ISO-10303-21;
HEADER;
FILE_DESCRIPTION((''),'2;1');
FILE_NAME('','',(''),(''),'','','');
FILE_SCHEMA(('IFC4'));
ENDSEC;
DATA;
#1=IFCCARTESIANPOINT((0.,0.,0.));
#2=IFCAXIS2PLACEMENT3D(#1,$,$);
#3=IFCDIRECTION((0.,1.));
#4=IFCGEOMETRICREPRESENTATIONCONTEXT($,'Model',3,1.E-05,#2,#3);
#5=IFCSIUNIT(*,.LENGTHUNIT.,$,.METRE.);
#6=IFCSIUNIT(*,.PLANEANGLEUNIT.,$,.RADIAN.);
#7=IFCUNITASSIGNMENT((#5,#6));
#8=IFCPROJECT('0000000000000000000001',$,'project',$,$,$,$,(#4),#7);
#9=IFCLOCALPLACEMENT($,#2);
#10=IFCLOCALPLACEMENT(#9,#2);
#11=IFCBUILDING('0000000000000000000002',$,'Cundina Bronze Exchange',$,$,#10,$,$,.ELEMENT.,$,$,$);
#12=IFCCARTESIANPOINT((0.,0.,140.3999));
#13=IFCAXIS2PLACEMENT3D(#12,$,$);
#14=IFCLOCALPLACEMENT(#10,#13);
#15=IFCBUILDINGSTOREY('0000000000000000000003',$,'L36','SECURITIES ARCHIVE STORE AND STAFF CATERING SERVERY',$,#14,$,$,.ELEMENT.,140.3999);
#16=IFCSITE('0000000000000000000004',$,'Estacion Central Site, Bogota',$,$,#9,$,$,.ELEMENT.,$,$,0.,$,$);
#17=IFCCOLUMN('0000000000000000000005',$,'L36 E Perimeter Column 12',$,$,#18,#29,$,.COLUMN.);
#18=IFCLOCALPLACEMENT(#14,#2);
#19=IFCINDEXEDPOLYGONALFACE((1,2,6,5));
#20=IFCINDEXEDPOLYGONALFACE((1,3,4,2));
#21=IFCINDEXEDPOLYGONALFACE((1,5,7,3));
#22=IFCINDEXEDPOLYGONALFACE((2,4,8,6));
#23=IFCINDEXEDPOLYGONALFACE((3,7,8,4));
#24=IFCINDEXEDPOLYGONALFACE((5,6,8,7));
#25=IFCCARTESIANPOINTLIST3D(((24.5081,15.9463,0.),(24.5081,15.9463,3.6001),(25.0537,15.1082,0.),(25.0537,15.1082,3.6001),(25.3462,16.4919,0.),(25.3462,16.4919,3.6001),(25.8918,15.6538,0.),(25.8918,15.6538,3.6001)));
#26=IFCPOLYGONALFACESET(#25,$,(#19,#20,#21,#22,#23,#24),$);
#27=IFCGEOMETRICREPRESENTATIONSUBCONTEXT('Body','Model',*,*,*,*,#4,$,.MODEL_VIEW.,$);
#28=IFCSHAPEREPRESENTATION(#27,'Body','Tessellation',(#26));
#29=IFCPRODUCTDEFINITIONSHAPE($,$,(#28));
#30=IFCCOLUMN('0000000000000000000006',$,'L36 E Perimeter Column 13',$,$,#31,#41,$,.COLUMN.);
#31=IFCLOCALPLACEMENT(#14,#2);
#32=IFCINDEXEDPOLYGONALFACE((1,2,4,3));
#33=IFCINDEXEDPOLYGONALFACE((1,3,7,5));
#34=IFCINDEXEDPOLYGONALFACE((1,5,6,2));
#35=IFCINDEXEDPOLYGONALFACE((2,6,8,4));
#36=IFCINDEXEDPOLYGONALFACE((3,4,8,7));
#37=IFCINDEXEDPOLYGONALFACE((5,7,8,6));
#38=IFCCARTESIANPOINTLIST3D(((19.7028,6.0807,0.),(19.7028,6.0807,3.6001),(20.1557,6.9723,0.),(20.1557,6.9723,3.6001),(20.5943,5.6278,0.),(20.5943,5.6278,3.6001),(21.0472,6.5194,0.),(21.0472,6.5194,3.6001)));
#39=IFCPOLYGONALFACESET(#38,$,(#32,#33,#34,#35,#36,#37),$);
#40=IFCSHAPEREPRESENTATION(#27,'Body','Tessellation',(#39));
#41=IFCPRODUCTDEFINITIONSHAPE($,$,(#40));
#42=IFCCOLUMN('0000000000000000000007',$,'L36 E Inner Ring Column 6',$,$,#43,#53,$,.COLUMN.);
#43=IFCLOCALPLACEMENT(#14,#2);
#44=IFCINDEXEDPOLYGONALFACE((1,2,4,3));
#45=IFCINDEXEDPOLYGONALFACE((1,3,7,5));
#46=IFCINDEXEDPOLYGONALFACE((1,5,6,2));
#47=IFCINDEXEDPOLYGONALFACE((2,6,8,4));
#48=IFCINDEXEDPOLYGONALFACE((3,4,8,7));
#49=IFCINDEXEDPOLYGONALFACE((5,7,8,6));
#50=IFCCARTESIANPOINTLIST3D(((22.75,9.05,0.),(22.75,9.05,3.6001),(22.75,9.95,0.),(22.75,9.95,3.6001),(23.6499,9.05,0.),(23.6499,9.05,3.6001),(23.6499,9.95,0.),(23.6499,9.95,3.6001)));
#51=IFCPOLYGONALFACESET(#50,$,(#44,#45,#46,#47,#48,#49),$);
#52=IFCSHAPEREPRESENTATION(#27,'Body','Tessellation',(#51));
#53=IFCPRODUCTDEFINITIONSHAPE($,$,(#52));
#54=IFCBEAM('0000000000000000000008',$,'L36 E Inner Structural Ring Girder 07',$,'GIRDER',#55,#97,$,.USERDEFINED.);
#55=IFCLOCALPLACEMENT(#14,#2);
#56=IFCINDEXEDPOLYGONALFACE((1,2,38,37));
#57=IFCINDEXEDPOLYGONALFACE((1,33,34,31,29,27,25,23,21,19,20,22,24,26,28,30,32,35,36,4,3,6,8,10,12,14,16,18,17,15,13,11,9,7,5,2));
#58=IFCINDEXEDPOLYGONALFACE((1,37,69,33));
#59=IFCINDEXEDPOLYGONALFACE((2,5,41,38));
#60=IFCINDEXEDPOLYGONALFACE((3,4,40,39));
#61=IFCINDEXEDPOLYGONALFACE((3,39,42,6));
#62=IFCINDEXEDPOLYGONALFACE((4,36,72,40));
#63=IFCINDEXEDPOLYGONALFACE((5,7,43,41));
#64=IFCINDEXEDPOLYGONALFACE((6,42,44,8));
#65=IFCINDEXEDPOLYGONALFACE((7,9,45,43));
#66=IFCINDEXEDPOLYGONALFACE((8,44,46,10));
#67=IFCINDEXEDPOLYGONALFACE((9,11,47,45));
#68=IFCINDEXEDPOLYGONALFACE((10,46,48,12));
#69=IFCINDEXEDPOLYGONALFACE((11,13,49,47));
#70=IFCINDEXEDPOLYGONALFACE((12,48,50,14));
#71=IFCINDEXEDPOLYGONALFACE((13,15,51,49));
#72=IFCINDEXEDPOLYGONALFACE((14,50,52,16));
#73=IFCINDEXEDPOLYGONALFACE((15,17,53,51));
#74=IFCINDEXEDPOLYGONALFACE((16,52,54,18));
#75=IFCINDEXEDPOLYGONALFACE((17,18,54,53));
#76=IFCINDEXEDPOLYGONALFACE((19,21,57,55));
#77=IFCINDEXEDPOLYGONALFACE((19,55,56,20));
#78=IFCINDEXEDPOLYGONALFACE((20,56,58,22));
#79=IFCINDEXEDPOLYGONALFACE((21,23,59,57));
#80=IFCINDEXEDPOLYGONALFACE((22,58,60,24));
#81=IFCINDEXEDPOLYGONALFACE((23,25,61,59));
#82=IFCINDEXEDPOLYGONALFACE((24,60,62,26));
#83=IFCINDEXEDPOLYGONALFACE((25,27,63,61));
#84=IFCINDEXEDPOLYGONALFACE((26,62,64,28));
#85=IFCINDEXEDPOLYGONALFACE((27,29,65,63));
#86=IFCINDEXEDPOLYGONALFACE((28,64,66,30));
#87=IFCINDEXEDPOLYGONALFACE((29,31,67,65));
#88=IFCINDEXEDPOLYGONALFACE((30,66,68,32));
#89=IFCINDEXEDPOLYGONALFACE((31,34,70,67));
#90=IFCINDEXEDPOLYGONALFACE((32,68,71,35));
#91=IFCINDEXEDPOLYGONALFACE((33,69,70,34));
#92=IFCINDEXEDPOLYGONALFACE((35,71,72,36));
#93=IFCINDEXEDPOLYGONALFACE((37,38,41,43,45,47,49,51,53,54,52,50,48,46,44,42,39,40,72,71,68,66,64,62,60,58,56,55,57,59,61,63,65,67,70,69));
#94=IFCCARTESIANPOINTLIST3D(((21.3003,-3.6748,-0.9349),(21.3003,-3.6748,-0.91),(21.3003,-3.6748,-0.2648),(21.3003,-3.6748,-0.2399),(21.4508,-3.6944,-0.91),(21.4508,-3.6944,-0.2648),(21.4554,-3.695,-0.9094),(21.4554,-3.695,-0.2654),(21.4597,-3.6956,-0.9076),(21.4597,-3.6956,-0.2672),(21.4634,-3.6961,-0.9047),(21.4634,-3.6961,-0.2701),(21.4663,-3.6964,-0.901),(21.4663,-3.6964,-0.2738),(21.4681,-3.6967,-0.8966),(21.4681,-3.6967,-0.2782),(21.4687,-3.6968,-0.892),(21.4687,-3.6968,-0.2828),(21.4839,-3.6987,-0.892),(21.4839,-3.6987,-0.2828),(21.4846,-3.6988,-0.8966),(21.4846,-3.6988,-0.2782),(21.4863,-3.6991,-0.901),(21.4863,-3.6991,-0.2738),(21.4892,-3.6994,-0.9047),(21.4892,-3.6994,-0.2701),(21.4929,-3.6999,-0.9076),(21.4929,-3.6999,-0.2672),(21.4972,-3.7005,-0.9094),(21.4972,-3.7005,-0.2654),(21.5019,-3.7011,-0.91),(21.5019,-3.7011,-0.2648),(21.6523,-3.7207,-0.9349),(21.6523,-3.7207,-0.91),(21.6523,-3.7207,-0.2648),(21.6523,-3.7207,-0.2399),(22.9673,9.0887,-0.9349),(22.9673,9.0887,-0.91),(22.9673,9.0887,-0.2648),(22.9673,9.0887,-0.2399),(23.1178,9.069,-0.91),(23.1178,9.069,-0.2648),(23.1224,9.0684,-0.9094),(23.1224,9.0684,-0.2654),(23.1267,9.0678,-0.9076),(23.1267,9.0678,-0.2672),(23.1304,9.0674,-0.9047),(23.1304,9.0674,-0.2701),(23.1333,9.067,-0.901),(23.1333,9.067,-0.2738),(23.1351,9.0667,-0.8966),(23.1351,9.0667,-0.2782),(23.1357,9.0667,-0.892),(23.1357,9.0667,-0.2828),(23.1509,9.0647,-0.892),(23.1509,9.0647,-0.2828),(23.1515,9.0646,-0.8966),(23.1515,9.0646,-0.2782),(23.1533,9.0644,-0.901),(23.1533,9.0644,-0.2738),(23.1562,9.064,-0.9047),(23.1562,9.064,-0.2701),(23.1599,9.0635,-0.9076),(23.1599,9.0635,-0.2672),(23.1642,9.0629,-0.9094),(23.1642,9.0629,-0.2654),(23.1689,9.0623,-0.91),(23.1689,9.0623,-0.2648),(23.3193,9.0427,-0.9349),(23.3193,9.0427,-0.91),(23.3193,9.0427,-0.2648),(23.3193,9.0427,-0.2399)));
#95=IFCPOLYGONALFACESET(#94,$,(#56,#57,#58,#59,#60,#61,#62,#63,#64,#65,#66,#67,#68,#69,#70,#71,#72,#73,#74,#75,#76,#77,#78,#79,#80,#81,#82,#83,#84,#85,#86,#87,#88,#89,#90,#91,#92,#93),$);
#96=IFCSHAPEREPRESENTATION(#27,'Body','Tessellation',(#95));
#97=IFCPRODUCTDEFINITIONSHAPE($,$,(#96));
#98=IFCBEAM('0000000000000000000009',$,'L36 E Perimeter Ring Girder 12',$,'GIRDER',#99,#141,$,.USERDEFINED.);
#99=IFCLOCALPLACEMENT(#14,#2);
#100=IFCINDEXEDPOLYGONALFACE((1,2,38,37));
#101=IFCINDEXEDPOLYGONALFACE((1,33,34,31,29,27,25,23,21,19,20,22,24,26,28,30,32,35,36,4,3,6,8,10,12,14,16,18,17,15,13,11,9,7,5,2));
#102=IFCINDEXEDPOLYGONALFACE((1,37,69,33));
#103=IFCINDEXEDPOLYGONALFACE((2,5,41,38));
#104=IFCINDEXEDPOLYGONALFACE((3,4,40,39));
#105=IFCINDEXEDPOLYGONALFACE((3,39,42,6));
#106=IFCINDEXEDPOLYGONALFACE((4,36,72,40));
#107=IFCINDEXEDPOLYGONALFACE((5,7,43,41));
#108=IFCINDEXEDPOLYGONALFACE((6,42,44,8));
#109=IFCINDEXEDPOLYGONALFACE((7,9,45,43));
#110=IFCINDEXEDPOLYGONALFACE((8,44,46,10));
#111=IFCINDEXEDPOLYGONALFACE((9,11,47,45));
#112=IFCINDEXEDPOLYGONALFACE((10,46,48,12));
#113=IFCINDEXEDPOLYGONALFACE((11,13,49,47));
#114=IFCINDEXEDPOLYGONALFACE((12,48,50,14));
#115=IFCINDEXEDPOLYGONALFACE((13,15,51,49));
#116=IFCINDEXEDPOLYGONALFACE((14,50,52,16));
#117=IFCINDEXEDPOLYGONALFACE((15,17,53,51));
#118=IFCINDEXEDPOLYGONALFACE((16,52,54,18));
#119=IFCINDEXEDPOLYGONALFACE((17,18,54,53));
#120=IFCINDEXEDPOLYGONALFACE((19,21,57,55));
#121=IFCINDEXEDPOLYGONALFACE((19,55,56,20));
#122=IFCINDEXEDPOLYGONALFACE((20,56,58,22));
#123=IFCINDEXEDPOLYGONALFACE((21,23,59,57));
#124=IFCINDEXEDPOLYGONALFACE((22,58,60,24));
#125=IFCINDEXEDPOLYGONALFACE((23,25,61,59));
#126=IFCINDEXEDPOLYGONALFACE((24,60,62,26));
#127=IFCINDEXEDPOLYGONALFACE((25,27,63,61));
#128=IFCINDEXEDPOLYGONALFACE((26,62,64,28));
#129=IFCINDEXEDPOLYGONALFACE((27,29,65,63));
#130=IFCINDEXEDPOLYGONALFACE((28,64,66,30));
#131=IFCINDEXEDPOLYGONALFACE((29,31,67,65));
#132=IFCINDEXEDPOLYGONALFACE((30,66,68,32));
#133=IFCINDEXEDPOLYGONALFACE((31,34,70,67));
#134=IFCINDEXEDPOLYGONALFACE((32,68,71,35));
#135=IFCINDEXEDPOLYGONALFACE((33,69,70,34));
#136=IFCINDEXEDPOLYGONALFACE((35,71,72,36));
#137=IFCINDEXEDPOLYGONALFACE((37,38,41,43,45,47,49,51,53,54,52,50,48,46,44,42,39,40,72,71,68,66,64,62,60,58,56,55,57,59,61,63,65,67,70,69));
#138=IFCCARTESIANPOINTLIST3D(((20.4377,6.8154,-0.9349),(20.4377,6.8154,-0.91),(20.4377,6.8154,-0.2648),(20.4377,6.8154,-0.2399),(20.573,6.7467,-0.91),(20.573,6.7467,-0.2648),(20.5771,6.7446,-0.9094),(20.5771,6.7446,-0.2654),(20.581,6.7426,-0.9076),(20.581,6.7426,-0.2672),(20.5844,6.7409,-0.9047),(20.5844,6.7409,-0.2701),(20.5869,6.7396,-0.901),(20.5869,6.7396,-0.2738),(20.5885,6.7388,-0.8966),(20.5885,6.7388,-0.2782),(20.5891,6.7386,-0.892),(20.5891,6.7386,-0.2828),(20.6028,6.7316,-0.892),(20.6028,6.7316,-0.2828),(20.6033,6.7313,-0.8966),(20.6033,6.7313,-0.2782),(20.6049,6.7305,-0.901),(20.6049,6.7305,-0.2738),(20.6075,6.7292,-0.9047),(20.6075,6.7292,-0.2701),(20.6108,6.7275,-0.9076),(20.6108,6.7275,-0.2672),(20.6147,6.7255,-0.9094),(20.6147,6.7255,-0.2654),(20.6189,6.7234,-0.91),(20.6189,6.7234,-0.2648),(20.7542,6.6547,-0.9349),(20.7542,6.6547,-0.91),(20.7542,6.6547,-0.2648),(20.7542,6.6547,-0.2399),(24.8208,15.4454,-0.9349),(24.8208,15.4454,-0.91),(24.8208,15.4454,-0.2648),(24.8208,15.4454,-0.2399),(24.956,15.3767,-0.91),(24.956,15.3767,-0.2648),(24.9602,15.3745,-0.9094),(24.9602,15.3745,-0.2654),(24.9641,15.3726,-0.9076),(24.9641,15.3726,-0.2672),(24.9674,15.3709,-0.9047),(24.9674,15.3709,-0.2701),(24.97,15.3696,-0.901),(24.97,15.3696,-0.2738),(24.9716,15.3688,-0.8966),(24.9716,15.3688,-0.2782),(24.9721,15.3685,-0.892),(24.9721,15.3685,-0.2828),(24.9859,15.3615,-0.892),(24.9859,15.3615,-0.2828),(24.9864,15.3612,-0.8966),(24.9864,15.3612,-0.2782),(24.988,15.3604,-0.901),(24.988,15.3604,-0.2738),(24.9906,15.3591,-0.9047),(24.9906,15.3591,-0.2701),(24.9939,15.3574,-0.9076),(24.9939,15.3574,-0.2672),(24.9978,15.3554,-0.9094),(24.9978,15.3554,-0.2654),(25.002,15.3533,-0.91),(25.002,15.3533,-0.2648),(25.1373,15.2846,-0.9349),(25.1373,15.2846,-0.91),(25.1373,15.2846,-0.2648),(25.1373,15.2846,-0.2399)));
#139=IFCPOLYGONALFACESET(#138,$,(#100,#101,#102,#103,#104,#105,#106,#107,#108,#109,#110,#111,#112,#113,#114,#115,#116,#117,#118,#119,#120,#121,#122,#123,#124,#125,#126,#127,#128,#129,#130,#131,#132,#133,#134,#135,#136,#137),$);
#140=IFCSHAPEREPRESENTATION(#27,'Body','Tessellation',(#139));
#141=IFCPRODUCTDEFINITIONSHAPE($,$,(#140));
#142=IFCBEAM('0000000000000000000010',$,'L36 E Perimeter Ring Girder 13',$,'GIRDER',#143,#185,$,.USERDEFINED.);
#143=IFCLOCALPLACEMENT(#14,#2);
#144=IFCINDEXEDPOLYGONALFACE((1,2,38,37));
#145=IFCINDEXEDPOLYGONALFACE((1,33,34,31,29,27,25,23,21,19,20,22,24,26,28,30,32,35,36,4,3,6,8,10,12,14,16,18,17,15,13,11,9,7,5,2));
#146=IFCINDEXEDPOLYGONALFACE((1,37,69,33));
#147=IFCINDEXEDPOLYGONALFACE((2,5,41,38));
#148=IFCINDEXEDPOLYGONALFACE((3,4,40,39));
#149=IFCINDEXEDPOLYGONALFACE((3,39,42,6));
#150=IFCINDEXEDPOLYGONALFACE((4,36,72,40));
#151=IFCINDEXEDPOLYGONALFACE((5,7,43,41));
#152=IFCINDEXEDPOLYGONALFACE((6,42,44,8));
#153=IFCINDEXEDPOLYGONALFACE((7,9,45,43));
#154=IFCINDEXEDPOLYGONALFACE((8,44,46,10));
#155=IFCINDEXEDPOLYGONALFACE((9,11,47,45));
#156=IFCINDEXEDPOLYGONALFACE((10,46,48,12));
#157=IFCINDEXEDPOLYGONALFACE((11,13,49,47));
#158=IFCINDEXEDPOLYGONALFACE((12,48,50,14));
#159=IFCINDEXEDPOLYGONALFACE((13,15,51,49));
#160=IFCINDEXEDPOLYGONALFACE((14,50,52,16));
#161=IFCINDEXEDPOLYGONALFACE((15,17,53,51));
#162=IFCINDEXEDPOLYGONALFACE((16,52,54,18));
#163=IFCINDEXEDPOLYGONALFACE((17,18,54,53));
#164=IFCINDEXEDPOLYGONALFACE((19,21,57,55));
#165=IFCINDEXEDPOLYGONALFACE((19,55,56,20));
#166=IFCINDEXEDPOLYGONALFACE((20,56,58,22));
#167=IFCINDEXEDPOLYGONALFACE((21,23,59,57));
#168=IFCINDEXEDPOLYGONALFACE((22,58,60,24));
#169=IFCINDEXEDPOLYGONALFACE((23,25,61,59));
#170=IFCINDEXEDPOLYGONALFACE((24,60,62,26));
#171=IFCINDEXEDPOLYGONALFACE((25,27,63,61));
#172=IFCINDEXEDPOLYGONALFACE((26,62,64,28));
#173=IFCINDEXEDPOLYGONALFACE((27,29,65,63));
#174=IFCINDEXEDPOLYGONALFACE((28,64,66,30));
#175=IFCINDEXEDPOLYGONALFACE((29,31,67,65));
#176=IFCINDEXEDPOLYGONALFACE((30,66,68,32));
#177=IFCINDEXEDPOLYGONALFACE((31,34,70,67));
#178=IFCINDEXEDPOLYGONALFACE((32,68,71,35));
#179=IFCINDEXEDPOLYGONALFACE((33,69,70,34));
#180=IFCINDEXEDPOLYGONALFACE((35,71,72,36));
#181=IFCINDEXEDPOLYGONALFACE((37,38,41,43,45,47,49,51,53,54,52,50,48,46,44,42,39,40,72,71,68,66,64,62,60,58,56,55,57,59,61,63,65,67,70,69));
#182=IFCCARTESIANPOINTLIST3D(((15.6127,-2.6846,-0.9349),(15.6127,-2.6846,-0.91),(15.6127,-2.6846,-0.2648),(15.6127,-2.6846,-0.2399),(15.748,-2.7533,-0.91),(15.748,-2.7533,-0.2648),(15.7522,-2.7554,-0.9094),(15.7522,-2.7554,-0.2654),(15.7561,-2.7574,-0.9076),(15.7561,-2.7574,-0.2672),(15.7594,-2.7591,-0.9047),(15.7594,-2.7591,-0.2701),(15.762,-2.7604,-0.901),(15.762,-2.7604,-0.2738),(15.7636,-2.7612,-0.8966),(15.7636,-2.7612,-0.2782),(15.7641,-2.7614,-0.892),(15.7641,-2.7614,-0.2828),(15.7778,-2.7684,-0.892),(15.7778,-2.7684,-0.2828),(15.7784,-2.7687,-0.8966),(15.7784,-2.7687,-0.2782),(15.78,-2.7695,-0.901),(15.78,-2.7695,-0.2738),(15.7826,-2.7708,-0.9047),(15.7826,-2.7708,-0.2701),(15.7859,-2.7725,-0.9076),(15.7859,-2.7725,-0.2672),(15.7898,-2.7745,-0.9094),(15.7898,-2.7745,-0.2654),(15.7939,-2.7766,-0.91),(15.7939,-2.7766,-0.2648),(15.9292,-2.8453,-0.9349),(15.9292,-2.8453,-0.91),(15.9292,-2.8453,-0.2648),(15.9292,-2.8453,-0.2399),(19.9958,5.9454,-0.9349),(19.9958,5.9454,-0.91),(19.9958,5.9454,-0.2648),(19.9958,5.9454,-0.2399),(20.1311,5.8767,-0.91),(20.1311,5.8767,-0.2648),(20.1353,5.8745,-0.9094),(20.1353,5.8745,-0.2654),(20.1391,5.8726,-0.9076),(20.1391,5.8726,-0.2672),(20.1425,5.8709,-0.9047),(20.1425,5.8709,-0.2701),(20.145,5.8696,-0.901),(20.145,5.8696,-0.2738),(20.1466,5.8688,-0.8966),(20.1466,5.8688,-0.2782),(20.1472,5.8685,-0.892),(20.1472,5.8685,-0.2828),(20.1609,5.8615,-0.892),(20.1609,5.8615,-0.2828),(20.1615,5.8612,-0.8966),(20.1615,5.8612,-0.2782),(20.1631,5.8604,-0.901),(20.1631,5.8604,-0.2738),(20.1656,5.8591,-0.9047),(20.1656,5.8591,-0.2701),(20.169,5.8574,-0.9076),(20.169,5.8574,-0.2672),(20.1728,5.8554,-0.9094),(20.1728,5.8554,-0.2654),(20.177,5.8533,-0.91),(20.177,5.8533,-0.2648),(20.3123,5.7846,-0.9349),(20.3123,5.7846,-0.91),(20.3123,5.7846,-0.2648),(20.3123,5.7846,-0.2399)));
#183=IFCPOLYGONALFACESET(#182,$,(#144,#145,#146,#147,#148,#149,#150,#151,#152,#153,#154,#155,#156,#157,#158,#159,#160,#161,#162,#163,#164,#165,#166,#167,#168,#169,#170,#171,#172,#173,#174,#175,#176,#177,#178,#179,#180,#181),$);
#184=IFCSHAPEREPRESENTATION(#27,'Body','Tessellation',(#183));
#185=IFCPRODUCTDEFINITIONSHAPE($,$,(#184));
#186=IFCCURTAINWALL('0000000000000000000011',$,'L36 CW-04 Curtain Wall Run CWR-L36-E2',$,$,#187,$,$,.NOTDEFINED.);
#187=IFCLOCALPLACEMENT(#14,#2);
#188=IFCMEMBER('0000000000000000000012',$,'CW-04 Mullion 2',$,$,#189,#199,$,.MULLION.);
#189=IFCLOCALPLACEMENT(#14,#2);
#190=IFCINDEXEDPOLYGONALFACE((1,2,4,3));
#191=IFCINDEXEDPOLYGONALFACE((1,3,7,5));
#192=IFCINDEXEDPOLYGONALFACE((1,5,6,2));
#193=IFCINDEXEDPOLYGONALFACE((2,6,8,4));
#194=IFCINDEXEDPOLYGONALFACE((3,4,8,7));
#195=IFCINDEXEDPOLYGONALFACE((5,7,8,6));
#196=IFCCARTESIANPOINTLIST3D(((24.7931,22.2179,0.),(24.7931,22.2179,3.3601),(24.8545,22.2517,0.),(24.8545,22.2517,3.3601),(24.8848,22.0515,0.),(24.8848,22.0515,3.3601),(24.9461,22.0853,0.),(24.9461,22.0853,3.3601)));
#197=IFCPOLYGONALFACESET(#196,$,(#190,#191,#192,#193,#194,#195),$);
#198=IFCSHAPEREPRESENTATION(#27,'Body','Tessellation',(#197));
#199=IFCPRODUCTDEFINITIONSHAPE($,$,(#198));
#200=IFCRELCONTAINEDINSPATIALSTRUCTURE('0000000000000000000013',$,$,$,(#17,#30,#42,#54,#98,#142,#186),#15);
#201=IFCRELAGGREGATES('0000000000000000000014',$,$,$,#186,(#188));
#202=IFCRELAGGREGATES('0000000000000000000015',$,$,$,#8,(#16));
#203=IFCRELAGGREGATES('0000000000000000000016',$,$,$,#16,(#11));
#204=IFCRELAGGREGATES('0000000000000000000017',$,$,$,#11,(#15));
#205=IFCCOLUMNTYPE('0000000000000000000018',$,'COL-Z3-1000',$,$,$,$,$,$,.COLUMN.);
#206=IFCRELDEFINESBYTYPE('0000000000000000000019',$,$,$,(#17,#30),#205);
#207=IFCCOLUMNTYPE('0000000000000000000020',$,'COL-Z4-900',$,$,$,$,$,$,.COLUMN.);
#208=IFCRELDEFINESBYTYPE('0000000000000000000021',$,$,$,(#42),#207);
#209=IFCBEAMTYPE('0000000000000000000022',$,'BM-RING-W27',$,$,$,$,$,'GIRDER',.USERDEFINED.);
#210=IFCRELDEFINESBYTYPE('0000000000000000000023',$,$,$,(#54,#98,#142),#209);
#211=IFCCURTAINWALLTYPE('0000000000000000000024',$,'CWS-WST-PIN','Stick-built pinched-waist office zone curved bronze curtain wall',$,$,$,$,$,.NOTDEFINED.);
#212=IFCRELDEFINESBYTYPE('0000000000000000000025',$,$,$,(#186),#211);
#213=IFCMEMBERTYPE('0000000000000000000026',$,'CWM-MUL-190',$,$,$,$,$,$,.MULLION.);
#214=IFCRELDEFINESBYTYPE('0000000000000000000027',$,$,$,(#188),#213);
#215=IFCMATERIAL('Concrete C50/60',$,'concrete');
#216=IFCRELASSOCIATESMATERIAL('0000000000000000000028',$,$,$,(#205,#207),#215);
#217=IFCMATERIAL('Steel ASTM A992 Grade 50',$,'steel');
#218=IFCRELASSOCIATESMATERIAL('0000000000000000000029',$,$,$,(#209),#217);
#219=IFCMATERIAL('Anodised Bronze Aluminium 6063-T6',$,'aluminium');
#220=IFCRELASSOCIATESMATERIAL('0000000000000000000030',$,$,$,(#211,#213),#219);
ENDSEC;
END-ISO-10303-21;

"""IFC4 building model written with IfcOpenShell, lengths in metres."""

from ifc_helpers import new_model, si_unit, direction, frame, origin, origin_2d, place, context, subcontext, project, spatial, rectangle, i_section, extrude, material, material_profile, profile_set, type_object, element, aggregate, save


model = new_model("IFC4")

# Units and contexts
model_context = context("Model", 3, precision=1e-05, world=origin(), true_north=direction((0.0, 1.0)))
body_context = subcontext(model_context, "Body", "Model", "MODEL_VIEW")
ifc_project = project(units=[si_unit("LENGTHUNIT", "METRE"), si_unit("PLANEANGLEUNIT", "RADIAN")], contexts=[model_context])

# Site, building, storey
site_placement = place(None, origin())
site = spatial("IfcSite", under=ifc_project, at=site_placement, Name="Estacion Central Site, Bogota", CompositionType="ELEMENT", RefElevation=0.0)
building_placement = place(site_placement, origin())
building = spatial("IfcBuilding", under=site, at=building_placement, Name="Cundina Bronze Exchange", CompositionType="ELEMENT")
storey_placement = place(building_placement, frame((0.0, 0.0, 140.3999)))
storey = spatial("IfcBuildingStorey", under=building, at=storey_placement, Name="L36", Description="SECURITIES ARCHIVE STORE AND STAFF CATERING SERVERY", CompositionType="ELEMENT", Elevation=140.3999)

# Columns
ifc_material_1 = material(Name="Concrete C50/60", Category="concrete")
ifc_material_profile_1 = material_profile(ifc_material_1, rectangle(XDim=1.0, YDim=1.0, at=origin_2d()), Name="RC1000X1000", Category="concrete")
ifc_profile_set_1 = profile_set([ifc_material_profile_1], Name="Concrete C50/60")
column_type_1 = type_object("IfcColumnType", Name="COL-Z3-1000", PredefinedType="COLUMN", material=ifc_profile_set_1)
for number, where, z_axis, x_axis, name in (
    (1, (25.2, 15.8, 0.0), (0.0, 0.0, 1.0), (-0.8381, -0.545517, 0.0), "L36 E Perimeter Column 12"),
    (2, (20.375, 6.3, 0.0), (0.0, 0.0, 1.0), (-0.452902, -0.891561, 0.0), "L36 E Perimeter Column 13"),
):
    element("IfcColumn", number, at=place(storey_placement, frame(where, z_axis=z_axis, x_axis=x_axis)), inside=storey, type_object=column_type_1, Name=name, PredefinedType="COLUMN", context=body_context, shape_type="SweptSolid", body=[
        extrude(rectangle(XDim=1.0, YDim=1.0, at=origin_2d()), origin(), (0.0, 0.0, 1.0), 3.6001),
    ])
ifc_material_profile_2 = material_profile(ifc_material_1, rectangle(XDim=0.8999, YDim=0.8999, at=origin_2d()), Name="RC900X900", Category="concrete")
ifc_profile_set_2 = profile_set([ifc_material_profile_2], Name="Concrete C50/60")
column_type_2 = type_object("IfcColumnType", Name="COL-Z4-900", PredefinedType="COLUMN", material=ifc_profile_set_2)
column_placement = place(storey_placement, frame((23.2, 9.5, 0.0), z_axis=(0.0, 0.0, 1.0), x_axis=(1.0, 0.0, 0.0)))
element("IfcColumn", 3, at=column_placement, inside=storey, type_object=column_type_2, Name="L36 E Inner Ring Column 6", PredefinedType="COLUMN", context=body_context, shape_type="SweptSolid", body=[
    extrude(rectangle(XDim=0.8999, YDim=0.8999, at=origin_2d()), origin(), (0.0, 0.0, 1.0), 3.6001),
])

# Beams
ifc_material_2 = material(Name="Steel ASTM A992 Grade 50", Category="steel")
ifc_material_profile_3 = material_profile(ifc_material_2, i_section(OverallWidth=0.355, OverallDepth=0.6951, WebThickness=0.0154, FlangeThickness=0.0249, FilletRadius=0.0181, at=origin_2d()), Name="W27X146", Category="steel")
ifc_profile_set_3 = profile_set([ifc_material_profile_3], Name="Steel ASTM A992 Grade 50")
beam_type = type_object("IfcBeamType", Name="BM-RING-W27", ElementType="GIRDER", PredefinedType="USERDEFINED", material=ifc_profile_set_3)
beam_placement = place(storey_placement, frame((23.1433, 9.0657, -0.5874), z_axis=(-0.129507, -0.991579, 0.0), x_axis=(0.991579, -0.129507, 0.0)))
element("IfcBeam", 4, at=beam_placement, inside=storey, type_object=beam_type, Name="L36 E Inner Structural Ring Girder 07", ObjectType="GIRDER", PredefinedType="USERDEFINED", context=body_context, shape_type="SweptSolid", body=[
    extrude(i_section(OverallWidth=0.355, OverallDepth=0.6951, WebThickness=0.0154, FlangeThickness=0.0249, FilletRadius=0.0181, at=origin_2d()), origin(), (0.0, 0.0, 1.0), 12.8718),
])
for number, where, z_axis, x_axis, name in (
    (5, (24.979, 15.365, -0.5874), (-0.452835, -0.891595, 0.0), (0.891595, -0.452835, 0.0), "L36 E Perimeter Ring Girder 12"),
    (6, (20.1541, 5.865, -0.5874), (-0.452835, -0.891595, 0.0), (0.891595, -0.452835, 0.0), "L36 E Perimeter Ring Girder 13"),
):
    element("IfcBeam", number, at=place(storey_placement, frame(where, z_axis=z_axis, x_axis=x_axis)), inside=storey, type_object=beam_type, Name=name, ObjectType="GIRDER", PredefinedType="USERDEFINED", context=body_context, shape_type="SweptSolid", body=[
        extrude(i_section(OverallWidth=0.355, OverallDepth=0.6951, WebThickness=0.0154, FlangeThickness=0.0249, FilletRadius=0.0181, at=origin_2d()), origin(), (0.0, 0.0, 1.0), 9.6792),
    ])

# Curtain wall, member
ifc_material_3 = material(Name="Anodised Bronze Aluminium 6063-T6", Category="aluminium")
curtain_wall_type = type_object("IfcCurtainWallType", Name="CWS-WST-PIN", Description="Stick-built pinched-waist office zone curved bronze curtain wall", PredefinedType="NOTDEFINED", material=ifc_material_3)
curtain_wall_placement = place(storey_placement, origin())
curtain_wall = element("IfcCurtainWall", 7, at=curtain_wall_placement, inside=storey, type_object=curtain_wall_type, Name="L36 CW-04 Curtain Wall Run CWR-L36-E2", PredefinedType="NOTDEFINED")
ifc_material_profile_4 = material_profile(ifc_material_3, rectangle(XDim=0.0701, YDim=0.1899, at=origin_2d()), Name="AL70X190", Category="aluminium")
ifc_profile_set_4 = profile_set([ifc_material_profile_4], Name="Anodised Bronze Aluminium 6063-T6")
member_type_1 = type_object("IfcMemberType", Name="CWM-MUL-190", PredefinedType="MULLION", material=ifc_profile_set_4)
member_1_placement = place(storey_placement, frame((24.8696, 22.1516, 0.0), z_axis=(0.0, 0.0, 1.0), x_axis=(-0.875886, -0.482518, 0.0)))
member_1 = element("IfcMember", 8, at=member_1_placement, type_object=member_type_1, Name="CW-04 Mullion 2", PredefinedType="MULLION", context=body_context, shape_type="SweptSolid", body=[
    extrude(rectangle(XDim=0.0701, YDim=0.1899, at=origin_2d()), origin(), (0.0, 0.0, 1.0), 3.3601),
])
aggregate(curtain_wall, [member_1])

save(model, "model.ifc")
